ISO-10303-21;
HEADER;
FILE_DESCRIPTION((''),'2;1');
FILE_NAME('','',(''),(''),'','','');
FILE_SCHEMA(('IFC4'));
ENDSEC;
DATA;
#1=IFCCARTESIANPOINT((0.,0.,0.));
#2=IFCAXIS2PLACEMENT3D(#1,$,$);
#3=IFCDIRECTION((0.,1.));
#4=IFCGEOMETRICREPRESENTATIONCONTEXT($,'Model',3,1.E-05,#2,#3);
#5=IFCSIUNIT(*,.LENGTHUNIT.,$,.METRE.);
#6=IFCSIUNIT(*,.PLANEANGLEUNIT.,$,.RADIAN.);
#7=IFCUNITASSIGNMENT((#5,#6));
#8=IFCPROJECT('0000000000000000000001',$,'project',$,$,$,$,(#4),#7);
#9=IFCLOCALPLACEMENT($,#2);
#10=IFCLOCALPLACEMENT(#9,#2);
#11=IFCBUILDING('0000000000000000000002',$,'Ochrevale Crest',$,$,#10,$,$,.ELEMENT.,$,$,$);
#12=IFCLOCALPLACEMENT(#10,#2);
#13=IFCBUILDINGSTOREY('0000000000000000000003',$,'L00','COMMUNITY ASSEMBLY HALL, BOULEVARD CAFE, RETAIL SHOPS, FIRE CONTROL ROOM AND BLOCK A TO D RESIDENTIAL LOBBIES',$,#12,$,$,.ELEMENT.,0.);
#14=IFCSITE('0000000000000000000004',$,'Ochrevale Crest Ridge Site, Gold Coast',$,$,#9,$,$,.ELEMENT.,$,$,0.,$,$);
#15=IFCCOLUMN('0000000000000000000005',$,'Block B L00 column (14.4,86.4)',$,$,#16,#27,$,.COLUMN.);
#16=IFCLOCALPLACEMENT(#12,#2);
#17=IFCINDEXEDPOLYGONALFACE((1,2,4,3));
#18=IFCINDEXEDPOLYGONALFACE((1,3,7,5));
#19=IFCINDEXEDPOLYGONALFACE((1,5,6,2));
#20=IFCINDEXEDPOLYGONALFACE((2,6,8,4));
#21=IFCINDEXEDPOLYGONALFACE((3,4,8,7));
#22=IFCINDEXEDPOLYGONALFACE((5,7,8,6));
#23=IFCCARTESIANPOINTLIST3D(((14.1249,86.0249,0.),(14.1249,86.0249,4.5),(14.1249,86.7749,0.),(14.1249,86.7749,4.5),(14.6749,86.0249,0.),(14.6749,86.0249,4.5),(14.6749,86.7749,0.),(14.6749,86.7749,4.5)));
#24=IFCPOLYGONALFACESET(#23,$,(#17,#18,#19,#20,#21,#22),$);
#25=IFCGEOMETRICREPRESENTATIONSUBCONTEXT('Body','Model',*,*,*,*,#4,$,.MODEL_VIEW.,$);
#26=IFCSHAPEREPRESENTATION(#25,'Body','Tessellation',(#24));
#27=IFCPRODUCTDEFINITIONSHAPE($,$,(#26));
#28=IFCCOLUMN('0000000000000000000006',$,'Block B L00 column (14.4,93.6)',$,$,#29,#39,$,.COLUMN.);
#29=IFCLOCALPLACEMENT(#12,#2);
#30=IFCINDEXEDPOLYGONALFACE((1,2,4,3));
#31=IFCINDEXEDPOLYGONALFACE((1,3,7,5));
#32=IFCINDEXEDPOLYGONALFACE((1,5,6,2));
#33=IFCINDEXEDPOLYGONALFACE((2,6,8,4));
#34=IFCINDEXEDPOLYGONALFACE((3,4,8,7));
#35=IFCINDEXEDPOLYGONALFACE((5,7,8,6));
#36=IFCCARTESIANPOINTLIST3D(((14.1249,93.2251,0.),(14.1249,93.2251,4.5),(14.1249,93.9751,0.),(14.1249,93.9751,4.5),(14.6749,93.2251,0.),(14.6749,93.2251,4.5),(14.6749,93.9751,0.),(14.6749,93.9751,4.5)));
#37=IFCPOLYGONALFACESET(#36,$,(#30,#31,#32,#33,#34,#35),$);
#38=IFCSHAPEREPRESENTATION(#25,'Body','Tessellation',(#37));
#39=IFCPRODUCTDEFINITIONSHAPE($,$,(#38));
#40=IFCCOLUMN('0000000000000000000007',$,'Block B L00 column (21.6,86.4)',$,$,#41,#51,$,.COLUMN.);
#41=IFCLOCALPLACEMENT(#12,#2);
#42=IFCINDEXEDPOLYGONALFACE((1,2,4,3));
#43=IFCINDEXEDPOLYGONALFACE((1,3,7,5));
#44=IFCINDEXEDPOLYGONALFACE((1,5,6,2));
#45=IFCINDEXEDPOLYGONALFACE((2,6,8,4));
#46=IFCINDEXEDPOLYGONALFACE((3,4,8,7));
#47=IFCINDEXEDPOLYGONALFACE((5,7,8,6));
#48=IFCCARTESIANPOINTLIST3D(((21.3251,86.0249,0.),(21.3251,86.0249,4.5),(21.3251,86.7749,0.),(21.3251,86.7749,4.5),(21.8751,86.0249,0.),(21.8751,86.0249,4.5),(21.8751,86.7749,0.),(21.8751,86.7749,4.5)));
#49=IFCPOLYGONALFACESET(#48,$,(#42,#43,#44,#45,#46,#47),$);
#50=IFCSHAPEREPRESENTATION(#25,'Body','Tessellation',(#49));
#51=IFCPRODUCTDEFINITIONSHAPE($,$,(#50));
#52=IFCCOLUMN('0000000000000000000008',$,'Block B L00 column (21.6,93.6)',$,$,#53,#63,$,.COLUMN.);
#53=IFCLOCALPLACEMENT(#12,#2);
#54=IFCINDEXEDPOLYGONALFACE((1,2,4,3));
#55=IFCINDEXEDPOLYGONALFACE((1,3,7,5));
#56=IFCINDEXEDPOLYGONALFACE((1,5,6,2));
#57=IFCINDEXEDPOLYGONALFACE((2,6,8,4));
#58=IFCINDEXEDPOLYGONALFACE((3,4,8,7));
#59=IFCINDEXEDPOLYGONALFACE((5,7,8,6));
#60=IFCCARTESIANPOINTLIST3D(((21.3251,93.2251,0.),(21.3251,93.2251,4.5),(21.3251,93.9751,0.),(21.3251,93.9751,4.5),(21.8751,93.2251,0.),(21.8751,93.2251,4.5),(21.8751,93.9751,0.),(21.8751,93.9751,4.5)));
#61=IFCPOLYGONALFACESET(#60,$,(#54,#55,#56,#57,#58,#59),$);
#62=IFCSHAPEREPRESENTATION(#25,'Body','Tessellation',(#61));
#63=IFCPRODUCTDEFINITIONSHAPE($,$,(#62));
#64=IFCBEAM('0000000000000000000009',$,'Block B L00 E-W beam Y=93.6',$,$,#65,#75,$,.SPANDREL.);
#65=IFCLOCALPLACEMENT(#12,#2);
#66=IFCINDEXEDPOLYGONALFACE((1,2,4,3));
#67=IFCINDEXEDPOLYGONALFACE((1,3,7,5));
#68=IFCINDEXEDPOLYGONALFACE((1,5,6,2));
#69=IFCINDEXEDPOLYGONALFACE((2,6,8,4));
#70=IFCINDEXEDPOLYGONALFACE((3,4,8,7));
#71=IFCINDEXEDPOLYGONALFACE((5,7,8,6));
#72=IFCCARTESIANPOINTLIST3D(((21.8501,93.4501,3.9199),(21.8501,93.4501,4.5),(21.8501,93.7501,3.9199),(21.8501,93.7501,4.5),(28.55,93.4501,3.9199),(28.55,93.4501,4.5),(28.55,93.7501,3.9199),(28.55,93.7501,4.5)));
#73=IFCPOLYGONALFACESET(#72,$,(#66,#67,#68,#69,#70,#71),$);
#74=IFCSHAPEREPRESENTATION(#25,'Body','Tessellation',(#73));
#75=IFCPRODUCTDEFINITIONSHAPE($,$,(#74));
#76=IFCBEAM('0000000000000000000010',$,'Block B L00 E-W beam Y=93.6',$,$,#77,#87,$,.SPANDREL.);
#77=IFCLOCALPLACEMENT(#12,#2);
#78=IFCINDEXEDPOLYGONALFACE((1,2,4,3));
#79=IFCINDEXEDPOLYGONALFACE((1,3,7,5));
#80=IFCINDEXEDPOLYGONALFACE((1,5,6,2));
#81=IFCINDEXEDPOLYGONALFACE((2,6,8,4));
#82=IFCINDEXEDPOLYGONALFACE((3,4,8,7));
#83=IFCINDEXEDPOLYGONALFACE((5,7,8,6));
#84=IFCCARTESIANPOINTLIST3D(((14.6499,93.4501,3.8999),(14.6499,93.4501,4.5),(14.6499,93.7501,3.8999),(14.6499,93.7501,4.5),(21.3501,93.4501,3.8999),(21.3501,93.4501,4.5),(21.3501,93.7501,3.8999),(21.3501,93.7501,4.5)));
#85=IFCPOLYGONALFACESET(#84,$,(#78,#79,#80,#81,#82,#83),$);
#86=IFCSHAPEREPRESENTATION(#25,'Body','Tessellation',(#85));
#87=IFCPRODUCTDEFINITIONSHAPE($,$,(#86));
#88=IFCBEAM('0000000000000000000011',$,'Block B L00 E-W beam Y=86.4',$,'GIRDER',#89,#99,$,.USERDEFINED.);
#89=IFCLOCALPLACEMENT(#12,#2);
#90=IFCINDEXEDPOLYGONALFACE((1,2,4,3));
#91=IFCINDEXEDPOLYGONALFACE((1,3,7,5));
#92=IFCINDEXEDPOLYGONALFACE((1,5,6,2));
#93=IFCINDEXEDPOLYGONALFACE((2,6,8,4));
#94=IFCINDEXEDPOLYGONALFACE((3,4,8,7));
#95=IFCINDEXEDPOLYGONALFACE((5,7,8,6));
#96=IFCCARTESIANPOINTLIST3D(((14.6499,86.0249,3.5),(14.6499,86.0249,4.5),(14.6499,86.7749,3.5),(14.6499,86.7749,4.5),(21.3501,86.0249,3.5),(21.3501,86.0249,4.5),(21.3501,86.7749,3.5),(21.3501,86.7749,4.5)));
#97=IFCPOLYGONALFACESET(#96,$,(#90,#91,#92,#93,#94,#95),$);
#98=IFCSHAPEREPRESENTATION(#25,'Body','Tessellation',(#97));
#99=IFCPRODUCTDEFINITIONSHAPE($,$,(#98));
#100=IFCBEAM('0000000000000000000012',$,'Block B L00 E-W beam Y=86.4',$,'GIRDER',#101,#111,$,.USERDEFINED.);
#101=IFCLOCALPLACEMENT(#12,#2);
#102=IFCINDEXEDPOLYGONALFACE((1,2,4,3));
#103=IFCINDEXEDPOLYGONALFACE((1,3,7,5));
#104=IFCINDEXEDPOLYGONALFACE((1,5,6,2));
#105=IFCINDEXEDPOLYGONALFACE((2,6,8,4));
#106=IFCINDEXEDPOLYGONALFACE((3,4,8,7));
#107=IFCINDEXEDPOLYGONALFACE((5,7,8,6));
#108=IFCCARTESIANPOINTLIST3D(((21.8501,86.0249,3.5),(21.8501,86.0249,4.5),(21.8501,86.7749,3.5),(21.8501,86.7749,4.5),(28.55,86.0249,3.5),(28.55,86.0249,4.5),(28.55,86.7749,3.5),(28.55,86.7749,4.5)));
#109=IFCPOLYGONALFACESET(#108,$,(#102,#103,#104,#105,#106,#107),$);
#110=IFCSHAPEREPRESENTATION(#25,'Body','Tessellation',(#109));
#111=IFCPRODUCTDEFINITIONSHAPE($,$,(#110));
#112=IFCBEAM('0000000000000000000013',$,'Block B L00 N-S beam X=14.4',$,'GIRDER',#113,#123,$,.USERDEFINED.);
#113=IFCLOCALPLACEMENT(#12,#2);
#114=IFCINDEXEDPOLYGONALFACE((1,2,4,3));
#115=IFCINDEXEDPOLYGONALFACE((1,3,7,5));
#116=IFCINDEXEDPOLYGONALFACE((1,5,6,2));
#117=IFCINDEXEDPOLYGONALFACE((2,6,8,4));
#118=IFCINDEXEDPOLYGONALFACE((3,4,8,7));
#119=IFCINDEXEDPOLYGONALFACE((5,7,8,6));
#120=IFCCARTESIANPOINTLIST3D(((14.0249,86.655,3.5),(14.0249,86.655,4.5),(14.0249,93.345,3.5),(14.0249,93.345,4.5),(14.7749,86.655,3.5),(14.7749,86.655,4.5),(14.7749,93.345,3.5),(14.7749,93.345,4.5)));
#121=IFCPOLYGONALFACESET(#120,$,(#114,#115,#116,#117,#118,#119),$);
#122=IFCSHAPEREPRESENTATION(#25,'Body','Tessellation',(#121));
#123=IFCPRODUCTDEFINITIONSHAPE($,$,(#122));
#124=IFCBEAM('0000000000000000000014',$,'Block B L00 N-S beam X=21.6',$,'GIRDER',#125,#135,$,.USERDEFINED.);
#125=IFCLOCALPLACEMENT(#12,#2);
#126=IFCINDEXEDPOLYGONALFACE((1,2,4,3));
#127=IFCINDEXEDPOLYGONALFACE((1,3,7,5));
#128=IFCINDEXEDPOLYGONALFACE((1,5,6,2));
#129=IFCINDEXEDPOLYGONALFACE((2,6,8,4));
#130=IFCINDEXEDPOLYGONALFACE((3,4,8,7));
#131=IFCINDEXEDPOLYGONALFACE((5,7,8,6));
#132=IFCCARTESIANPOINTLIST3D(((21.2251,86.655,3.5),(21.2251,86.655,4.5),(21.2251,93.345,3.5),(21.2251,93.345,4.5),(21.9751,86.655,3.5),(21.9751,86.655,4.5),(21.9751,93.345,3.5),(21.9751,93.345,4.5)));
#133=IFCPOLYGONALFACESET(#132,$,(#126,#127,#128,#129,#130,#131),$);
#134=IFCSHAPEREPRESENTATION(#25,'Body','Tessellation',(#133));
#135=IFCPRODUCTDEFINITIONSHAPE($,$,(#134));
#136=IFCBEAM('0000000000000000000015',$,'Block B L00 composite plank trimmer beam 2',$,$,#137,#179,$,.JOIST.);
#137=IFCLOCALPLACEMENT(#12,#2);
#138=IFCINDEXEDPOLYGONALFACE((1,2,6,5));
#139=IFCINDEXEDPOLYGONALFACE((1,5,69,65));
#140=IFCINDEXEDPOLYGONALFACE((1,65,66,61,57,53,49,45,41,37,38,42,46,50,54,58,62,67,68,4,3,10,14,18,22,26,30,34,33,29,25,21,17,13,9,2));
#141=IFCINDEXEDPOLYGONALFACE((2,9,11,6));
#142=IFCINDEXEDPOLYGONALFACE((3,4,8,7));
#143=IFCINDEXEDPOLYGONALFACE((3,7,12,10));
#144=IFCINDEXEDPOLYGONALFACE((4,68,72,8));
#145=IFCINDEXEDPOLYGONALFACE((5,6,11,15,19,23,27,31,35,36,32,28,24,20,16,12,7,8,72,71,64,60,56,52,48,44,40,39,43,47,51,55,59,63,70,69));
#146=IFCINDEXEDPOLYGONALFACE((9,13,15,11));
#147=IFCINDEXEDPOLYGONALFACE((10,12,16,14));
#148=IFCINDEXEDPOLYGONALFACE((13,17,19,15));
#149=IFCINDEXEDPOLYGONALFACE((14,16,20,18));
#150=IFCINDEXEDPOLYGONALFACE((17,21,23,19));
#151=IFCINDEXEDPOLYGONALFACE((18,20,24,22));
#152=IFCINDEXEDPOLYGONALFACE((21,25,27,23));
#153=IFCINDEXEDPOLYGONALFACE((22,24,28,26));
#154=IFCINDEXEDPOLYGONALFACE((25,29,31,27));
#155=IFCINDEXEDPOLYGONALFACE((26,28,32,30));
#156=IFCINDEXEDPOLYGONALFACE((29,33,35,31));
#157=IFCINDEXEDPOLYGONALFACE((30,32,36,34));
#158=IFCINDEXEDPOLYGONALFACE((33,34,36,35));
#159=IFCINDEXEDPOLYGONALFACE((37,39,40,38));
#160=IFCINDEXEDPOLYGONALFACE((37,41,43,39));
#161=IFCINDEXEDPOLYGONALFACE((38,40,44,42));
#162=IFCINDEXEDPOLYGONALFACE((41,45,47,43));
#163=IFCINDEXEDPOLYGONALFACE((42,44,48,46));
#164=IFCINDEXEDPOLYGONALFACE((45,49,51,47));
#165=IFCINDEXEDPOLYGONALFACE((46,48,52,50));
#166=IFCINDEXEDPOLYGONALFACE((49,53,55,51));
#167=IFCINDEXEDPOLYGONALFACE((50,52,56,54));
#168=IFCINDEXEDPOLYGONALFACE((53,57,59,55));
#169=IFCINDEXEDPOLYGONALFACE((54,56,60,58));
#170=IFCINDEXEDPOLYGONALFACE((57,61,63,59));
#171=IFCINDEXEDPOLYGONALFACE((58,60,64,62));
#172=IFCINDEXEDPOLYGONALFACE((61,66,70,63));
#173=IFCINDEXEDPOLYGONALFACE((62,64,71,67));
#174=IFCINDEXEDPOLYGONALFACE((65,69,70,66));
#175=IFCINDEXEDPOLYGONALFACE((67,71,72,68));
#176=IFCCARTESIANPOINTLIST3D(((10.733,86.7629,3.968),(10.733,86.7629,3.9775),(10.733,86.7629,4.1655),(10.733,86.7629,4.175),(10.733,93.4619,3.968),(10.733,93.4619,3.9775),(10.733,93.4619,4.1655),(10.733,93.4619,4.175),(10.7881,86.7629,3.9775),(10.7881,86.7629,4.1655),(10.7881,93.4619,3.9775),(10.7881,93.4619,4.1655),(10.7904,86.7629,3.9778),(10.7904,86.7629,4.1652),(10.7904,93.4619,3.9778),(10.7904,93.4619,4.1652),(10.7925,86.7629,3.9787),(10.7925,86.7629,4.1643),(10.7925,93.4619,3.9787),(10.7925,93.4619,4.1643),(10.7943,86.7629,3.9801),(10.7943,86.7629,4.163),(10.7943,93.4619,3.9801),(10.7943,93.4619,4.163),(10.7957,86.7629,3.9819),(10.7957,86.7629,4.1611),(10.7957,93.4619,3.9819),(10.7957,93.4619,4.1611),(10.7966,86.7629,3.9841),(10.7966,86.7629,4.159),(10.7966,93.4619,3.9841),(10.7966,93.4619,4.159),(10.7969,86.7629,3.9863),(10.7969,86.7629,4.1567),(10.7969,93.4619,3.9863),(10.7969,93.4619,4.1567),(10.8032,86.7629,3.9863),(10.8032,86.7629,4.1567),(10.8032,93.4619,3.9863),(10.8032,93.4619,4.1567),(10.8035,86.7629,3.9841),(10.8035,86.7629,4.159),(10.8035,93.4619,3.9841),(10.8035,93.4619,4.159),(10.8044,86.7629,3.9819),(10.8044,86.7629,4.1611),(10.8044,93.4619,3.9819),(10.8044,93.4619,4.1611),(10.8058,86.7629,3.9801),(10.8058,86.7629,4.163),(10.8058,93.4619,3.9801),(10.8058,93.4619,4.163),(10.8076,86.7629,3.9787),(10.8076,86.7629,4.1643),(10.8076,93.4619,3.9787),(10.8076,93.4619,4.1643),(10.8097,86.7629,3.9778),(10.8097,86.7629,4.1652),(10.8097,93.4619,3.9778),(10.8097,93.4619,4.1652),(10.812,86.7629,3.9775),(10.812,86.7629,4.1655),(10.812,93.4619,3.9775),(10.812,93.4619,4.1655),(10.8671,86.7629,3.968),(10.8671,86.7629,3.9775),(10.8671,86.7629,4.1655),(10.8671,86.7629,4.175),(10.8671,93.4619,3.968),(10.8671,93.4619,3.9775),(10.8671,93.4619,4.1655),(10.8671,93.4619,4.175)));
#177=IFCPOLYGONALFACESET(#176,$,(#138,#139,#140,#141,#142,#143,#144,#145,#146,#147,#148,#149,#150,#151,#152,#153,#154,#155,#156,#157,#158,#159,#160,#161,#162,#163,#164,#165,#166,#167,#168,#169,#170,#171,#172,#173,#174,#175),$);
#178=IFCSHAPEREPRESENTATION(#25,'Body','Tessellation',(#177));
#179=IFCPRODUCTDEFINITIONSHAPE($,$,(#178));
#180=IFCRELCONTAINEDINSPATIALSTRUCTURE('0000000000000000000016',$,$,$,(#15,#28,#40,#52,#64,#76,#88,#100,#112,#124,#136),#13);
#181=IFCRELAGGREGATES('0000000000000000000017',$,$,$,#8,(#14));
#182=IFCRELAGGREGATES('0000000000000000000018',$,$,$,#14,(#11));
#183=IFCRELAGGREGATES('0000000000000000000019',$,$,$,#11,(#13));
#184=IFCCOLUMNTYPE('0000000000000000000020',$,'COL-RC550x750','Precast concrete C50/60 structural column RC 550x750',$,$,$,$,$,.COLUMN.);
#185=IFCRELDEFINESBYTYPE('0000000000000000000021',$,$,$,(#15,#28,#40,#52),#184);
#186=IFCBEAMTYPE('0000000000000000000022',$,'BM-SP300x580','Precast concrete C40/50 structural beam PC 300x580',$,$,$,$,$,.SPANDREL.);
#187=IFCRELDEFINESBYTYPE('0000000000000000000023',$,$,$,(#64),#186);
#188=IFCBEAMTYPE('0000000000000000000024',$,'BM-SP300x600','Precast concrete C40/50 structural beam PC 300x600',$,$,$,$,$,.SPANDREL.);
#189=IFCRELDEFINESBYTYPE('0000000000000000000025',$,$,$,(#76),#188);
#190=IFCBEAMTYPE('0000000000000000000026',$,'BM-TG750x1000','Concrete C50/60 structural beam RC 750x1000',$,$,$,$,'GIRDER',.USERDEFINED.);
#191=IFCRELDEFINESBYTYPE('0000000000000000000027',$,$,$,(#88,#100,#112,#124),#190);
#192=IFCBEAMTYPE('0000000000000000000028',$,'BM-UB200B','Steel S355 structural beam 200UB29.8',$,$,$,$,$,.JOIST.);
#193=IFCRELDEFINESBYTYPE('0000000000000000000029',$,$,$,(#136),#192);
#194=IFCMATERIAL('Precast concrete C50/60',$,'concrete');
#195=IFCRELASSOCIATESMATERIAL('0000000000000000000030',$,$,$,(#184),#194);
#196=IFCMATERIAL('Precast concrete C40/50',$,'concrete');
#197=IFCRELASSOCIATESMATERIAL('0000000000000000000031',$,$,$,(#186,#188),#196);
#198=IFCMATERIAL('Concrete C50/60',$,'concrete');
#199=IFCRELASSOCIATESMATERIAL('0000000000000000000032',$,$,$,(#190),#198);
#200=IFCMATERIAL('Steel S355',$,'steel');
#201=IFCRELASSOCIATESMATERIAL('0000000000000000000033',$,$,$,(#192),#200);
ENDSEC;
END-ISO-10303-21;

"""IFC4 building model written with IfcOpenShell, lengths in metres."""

from ifc_helpers import new_model, si_unit, direction, frame, origin, origin_2d, place, context, subcontext, project, spatial, rectangle, i_section, extrude, material, material_profile, profile_set, type_object, element, save


model = new_model("IFC4")

# Units and contexts
model_context = context("Model", 3, precision=1e-05, world=origin(), true_north=direction((0.0, 1.0)))
body_context = subcontext(model_context, "Body", "Model", "MODEL_VIEW")
ifc_project = project(units=[si_unit("LENGTHUNIT", "METRE"), si_unit("PLANEANGLEUNIT", "RADIAN")], contexts=[model_context])

# Site, building, storey
site_placement = place(None, origin())
site = spatial("IfcSite", under=ifc_project, at=site_placement, Name="Ochrevale Crest Ridge Site, Gold Coast", CompositionType="ELEMENT", RefElevation=0.0)
building_placement = place(site_placement, origin())
building = spatial("IfcBuilding", under=site, at=building_placement, Name="Ochrevale Crest", CompositionType="ELEMENT")
storey_placement = place(building_placement, origin())
storey = spatial("IfcBuildingStorey", under=building, at=storey_placement, Name="L00", Description="COMMUNITY ASSEMBLY HALL, BOULEVARD CAFE, RETAIL SHOPS, FIRE CONTROL ROOM AND BLOCK A TO D RESIDENTIAL LOBBIES", CompositionType="ELEMENT", Elevation=0.0)

# Columns
ifc_material_1 = material(Name="Precast concrete C50/60", Category="concrete")
ifc_material_profile_1 = material_profile(ifc_material_1, rectangle(XDim=0.55, YDim=0.75, at=origin_2d()), Name="RC 550x750")
ifc_profile_set_1 = profile_set([ifc_material_profile_1], Name="Precast concrete C50/60")
column_type = type_object("IfcColumnType", Name="COL-RC550x750", Description="Precast concrete C50/60 structural column RC 550x750", PredefinedType="COLUMN", material=ifc_profile_set_1)
for number, where, z_axis, x_axis, name in (
    (1, (14.3999, 86.3999, 0.0), (0.0, 0.0, 1.0), (1.0, 0.0, 0.0), "Block B L00 column (14.4,86.4)"),
    (2, (14.3999, 93.6001, 0.0), (0.0, 0.0, 1.0), (1.0, 0.0, 0.0), "Block B L00 column (14.4,93.6)"),
    (3, (21.6001, 86.3999, 0.0), (0.0, 0.0, 1.0), (1.0, 0.0, 0.0), "Block B L00 column (21.6,86.4)"),
    (4, (21.6001, 93.6001, 0.0), (0.0, 0.0, 1.0), (1.0, 0.0, 0.0), "Block B L00 column (21.6,93.6)"),
):
    element("IfcColumn", number, at=place(storey_placement, frame(where, z_axis=z_axis, x_axis=x_axis)), inside=storey, type_object=column_type, Name=name, PredefinedType="COLUMN", context=body_context, shape_type="SweptSolid", body=[
        extrude(rectangle(XDim=0.55, YDim=0.75, at=origin_2d()), origin(), (0.0, 0.0, 1.0), 4.5),
    ])

# Beams
ifc_material_2 = material(Name="Precast concrete C40/50", Category="concrete")
ifc_material_profile_2 = material_profile(ifc_material_2, rectangle(XDim=0.3, YDim=0.5801, at=origin_2d()), Name="PC 300x580")
ifc_profile_set_2 = profile_set([ifc_material_profile_2], Name="Precast concrete C40/50")
beam_type_1 = type_object("IfcBeamType", Name="BM-SP300x580", Description="Precast concrete C40/50 structural beam PC 300x580", PredefinedType="SPANDREL", material=ifc_profile_set_2)
beam_1_placement = place(storey_placement, frame((21.8501, 93.6001, 4.21), z_axis=(1.0, 0.0, 0.0), x_axis=(0.0, 1.0, 0.0)))
element("IfcBeam", 5, at=beam_1_placement, inside=storey, type_object=beam_type_1, Name="Block B L00 E-W beam Y=93.6", PredefinedType="SPANDREL", context=body_context, shape_type="SweptSolid", body=[
    extrude(rectangle(XDim=0.3, YDim=0.5801, at=origin_2d()), origin(), (0.0, 0.0, 1.0), 6.7),
])
ifc_material_profile_3 = material_profile(ifc_material_2, rectangle(XDim=0.3, YDim=0.6001, at=origin_2d()), Name="PC 300x600")
ifc_profile_set_3 = profile_set([ifc_material_profile_3], Name="Precast concrete C40/50")
beam_type_2 = type_object("IfcBeamType", Name="BM-SP300x600", Description="Precast concrete C40/50 structural beam PC 300x600", PredefinedType="SPANDREL", material=ifc_profile_set_3)
beam_2_placement = place(storey_placement, frame((14.6499, 93.6001, 4.2), z_axis=(1.0, 0.0, 0.0), x_axis=(0.0, 1.0, 0.0)))
element("IfcBeam", 6, at=beam_2_placement, inside=storey, type_object=beam_type_2, Name="Block B L00 E-W beam Y=93.6", PredefinedType="SPANDREL", context=body_context, shape_type="SweptSolid", body=[
    extrude(rectangle(XDim=0.3, YDim=0.6001, at=origin_2d()), origin(), (0.0, 0.0, 1.0), 6.7002),
])
ifc_material_3 = material(Name="Concrete C50/60", Category="concrete")
ifc_material_profile_4 = material_profile(ifc_material_3, rectangle(XDim=0.75, YDim=1.0, at=origin_2d()), Name="RC 750x1000")
ifc_profile_set_4 = profile_set([ifc_material_profile_4], Name="Concrete C50/60")
beam_type_3 = type_object("IfcBeamType", Name="BM-TG750x1000", Description="Concrete C50/60 structural beam RC 750x1000", ElementType="GIRDER", PredefinedType="USERDEFINED", material=ifc_profile_set_4)
beam_3_placement = place(storey_placement, frame((14.6499, 86.3999, 4.0), z_axis=(1.0, 0.0, 0.0), x_axis=(0.0, 1.0, 0.0)))
element("IfcBeam", 7, at=beam_3_placement, inside=storey, type_object=beam_type_3, Name="Block B L00 E-W beam Y=86.4", ObjectType="GIRDER", PredefinedType="USERDEFINED", context=body_context, shape_type="SweptSolid", body=[
    extrude(rectangle(XDim=0.75, YDim=1.0, at=origin_2d()), origin(), (0.0, 0.0, 1.0), 6.7002),
])
beam_4_placement = place(storey_placement, frame((21.8501, 86.3999, 4.0), z_axis=(1.0, 0.0, 0.0), x_axis=(0.0, 1.0, 0.0)))
element("IfcBeam", 8, at=beam_4_placement, inside=storey, type_object=beam_type_3, Name="Block B L00 E-W beam Y=86.4", ObjectType="GIRDER", PredefinedType="USERDEFINED", context=body_context, shape_type="SweptSolid", body=[
    extrude(rectangle(XDim=0.75, YDim=1.0, at=origin_2d()), origin(), (0.0, 0.0, 1.0), 6.7),
])
for number, where, z_axis, x_axis, name in (
    (9, (14.3999, 86.655, 4.0), (0.0, 1.0, 0.0), (-1.0, 0.0, 0.0), "Block B L00 N-S beam X=14.4"),
    (10, (21.6001, 86.655, 4.0), (0.0, 1.0, 0.0), (-1.0, 0.0, 0.0), "Block B L00 N-S beam X=21.6"),
):
    element("IfcBeam", number, at=place(storey_placement, frame(where, z_axis=z_axis, x_axis=x_axis)), inside=storey, type_object=beam_type_3, Name=name, ObjectType="GIRDER", PredefinedType="USERDEFINED", context=body_context, shape_type="SweptSolid", body=[
        extrude(rectangle(XDim=0.75, YDim=1.0, at=origin_2d()), origin(), (0.0, 0.0, 1.0), 6.6899),
    ])
ifc_material_4 = material(Name="Steel S355", Category="steel")
ifc_material_profile_5 = material_profile(ifc_material_4, i_section(OverallWidth=0.134, OverallDepth=0.207, WebThickness=0.0063, FlangeThickness=0.0095, FilletRadius=0.0088, at=origin_2d()), Name="200UB29.8")
ifc_profile_set_5 = profile_set([ifc_material_profile_5], Name="Steel S355")
beam_type_4 = type_object("IfcBeamType", Name="BM-UB200B", Description="Steel S355 structural beam 200UB29.8", PredefinedType="JOIST", material=ifc_profile_set_5)
beam_5_placement = place(storey_placement, frame((10.8, 86.7629, 4.0715), z_axis=(0.0, 1.0, 0.0), x_axis=(-1.0, 0.0, 0.0)))
element("IfcBeam", 11, at=beam_5_placement, inside=storey, type_object=beam_type_4, Name="Block B L00 composite plank trimmer beam 2", PredefinedType="JOIST", context=body_context, shape_type="SweptSolid", body=[
    extrude(i_section(OverallWidth=0.134, OverallDepth=0.207, WebThickness=0.0063, FlangeThickness=0.0095, FilletRadius=0.0088, at=origin_2d()), origin(), (0.0, 0.0, 1.0), 6.699),
])

save(model, "model.ifc")
